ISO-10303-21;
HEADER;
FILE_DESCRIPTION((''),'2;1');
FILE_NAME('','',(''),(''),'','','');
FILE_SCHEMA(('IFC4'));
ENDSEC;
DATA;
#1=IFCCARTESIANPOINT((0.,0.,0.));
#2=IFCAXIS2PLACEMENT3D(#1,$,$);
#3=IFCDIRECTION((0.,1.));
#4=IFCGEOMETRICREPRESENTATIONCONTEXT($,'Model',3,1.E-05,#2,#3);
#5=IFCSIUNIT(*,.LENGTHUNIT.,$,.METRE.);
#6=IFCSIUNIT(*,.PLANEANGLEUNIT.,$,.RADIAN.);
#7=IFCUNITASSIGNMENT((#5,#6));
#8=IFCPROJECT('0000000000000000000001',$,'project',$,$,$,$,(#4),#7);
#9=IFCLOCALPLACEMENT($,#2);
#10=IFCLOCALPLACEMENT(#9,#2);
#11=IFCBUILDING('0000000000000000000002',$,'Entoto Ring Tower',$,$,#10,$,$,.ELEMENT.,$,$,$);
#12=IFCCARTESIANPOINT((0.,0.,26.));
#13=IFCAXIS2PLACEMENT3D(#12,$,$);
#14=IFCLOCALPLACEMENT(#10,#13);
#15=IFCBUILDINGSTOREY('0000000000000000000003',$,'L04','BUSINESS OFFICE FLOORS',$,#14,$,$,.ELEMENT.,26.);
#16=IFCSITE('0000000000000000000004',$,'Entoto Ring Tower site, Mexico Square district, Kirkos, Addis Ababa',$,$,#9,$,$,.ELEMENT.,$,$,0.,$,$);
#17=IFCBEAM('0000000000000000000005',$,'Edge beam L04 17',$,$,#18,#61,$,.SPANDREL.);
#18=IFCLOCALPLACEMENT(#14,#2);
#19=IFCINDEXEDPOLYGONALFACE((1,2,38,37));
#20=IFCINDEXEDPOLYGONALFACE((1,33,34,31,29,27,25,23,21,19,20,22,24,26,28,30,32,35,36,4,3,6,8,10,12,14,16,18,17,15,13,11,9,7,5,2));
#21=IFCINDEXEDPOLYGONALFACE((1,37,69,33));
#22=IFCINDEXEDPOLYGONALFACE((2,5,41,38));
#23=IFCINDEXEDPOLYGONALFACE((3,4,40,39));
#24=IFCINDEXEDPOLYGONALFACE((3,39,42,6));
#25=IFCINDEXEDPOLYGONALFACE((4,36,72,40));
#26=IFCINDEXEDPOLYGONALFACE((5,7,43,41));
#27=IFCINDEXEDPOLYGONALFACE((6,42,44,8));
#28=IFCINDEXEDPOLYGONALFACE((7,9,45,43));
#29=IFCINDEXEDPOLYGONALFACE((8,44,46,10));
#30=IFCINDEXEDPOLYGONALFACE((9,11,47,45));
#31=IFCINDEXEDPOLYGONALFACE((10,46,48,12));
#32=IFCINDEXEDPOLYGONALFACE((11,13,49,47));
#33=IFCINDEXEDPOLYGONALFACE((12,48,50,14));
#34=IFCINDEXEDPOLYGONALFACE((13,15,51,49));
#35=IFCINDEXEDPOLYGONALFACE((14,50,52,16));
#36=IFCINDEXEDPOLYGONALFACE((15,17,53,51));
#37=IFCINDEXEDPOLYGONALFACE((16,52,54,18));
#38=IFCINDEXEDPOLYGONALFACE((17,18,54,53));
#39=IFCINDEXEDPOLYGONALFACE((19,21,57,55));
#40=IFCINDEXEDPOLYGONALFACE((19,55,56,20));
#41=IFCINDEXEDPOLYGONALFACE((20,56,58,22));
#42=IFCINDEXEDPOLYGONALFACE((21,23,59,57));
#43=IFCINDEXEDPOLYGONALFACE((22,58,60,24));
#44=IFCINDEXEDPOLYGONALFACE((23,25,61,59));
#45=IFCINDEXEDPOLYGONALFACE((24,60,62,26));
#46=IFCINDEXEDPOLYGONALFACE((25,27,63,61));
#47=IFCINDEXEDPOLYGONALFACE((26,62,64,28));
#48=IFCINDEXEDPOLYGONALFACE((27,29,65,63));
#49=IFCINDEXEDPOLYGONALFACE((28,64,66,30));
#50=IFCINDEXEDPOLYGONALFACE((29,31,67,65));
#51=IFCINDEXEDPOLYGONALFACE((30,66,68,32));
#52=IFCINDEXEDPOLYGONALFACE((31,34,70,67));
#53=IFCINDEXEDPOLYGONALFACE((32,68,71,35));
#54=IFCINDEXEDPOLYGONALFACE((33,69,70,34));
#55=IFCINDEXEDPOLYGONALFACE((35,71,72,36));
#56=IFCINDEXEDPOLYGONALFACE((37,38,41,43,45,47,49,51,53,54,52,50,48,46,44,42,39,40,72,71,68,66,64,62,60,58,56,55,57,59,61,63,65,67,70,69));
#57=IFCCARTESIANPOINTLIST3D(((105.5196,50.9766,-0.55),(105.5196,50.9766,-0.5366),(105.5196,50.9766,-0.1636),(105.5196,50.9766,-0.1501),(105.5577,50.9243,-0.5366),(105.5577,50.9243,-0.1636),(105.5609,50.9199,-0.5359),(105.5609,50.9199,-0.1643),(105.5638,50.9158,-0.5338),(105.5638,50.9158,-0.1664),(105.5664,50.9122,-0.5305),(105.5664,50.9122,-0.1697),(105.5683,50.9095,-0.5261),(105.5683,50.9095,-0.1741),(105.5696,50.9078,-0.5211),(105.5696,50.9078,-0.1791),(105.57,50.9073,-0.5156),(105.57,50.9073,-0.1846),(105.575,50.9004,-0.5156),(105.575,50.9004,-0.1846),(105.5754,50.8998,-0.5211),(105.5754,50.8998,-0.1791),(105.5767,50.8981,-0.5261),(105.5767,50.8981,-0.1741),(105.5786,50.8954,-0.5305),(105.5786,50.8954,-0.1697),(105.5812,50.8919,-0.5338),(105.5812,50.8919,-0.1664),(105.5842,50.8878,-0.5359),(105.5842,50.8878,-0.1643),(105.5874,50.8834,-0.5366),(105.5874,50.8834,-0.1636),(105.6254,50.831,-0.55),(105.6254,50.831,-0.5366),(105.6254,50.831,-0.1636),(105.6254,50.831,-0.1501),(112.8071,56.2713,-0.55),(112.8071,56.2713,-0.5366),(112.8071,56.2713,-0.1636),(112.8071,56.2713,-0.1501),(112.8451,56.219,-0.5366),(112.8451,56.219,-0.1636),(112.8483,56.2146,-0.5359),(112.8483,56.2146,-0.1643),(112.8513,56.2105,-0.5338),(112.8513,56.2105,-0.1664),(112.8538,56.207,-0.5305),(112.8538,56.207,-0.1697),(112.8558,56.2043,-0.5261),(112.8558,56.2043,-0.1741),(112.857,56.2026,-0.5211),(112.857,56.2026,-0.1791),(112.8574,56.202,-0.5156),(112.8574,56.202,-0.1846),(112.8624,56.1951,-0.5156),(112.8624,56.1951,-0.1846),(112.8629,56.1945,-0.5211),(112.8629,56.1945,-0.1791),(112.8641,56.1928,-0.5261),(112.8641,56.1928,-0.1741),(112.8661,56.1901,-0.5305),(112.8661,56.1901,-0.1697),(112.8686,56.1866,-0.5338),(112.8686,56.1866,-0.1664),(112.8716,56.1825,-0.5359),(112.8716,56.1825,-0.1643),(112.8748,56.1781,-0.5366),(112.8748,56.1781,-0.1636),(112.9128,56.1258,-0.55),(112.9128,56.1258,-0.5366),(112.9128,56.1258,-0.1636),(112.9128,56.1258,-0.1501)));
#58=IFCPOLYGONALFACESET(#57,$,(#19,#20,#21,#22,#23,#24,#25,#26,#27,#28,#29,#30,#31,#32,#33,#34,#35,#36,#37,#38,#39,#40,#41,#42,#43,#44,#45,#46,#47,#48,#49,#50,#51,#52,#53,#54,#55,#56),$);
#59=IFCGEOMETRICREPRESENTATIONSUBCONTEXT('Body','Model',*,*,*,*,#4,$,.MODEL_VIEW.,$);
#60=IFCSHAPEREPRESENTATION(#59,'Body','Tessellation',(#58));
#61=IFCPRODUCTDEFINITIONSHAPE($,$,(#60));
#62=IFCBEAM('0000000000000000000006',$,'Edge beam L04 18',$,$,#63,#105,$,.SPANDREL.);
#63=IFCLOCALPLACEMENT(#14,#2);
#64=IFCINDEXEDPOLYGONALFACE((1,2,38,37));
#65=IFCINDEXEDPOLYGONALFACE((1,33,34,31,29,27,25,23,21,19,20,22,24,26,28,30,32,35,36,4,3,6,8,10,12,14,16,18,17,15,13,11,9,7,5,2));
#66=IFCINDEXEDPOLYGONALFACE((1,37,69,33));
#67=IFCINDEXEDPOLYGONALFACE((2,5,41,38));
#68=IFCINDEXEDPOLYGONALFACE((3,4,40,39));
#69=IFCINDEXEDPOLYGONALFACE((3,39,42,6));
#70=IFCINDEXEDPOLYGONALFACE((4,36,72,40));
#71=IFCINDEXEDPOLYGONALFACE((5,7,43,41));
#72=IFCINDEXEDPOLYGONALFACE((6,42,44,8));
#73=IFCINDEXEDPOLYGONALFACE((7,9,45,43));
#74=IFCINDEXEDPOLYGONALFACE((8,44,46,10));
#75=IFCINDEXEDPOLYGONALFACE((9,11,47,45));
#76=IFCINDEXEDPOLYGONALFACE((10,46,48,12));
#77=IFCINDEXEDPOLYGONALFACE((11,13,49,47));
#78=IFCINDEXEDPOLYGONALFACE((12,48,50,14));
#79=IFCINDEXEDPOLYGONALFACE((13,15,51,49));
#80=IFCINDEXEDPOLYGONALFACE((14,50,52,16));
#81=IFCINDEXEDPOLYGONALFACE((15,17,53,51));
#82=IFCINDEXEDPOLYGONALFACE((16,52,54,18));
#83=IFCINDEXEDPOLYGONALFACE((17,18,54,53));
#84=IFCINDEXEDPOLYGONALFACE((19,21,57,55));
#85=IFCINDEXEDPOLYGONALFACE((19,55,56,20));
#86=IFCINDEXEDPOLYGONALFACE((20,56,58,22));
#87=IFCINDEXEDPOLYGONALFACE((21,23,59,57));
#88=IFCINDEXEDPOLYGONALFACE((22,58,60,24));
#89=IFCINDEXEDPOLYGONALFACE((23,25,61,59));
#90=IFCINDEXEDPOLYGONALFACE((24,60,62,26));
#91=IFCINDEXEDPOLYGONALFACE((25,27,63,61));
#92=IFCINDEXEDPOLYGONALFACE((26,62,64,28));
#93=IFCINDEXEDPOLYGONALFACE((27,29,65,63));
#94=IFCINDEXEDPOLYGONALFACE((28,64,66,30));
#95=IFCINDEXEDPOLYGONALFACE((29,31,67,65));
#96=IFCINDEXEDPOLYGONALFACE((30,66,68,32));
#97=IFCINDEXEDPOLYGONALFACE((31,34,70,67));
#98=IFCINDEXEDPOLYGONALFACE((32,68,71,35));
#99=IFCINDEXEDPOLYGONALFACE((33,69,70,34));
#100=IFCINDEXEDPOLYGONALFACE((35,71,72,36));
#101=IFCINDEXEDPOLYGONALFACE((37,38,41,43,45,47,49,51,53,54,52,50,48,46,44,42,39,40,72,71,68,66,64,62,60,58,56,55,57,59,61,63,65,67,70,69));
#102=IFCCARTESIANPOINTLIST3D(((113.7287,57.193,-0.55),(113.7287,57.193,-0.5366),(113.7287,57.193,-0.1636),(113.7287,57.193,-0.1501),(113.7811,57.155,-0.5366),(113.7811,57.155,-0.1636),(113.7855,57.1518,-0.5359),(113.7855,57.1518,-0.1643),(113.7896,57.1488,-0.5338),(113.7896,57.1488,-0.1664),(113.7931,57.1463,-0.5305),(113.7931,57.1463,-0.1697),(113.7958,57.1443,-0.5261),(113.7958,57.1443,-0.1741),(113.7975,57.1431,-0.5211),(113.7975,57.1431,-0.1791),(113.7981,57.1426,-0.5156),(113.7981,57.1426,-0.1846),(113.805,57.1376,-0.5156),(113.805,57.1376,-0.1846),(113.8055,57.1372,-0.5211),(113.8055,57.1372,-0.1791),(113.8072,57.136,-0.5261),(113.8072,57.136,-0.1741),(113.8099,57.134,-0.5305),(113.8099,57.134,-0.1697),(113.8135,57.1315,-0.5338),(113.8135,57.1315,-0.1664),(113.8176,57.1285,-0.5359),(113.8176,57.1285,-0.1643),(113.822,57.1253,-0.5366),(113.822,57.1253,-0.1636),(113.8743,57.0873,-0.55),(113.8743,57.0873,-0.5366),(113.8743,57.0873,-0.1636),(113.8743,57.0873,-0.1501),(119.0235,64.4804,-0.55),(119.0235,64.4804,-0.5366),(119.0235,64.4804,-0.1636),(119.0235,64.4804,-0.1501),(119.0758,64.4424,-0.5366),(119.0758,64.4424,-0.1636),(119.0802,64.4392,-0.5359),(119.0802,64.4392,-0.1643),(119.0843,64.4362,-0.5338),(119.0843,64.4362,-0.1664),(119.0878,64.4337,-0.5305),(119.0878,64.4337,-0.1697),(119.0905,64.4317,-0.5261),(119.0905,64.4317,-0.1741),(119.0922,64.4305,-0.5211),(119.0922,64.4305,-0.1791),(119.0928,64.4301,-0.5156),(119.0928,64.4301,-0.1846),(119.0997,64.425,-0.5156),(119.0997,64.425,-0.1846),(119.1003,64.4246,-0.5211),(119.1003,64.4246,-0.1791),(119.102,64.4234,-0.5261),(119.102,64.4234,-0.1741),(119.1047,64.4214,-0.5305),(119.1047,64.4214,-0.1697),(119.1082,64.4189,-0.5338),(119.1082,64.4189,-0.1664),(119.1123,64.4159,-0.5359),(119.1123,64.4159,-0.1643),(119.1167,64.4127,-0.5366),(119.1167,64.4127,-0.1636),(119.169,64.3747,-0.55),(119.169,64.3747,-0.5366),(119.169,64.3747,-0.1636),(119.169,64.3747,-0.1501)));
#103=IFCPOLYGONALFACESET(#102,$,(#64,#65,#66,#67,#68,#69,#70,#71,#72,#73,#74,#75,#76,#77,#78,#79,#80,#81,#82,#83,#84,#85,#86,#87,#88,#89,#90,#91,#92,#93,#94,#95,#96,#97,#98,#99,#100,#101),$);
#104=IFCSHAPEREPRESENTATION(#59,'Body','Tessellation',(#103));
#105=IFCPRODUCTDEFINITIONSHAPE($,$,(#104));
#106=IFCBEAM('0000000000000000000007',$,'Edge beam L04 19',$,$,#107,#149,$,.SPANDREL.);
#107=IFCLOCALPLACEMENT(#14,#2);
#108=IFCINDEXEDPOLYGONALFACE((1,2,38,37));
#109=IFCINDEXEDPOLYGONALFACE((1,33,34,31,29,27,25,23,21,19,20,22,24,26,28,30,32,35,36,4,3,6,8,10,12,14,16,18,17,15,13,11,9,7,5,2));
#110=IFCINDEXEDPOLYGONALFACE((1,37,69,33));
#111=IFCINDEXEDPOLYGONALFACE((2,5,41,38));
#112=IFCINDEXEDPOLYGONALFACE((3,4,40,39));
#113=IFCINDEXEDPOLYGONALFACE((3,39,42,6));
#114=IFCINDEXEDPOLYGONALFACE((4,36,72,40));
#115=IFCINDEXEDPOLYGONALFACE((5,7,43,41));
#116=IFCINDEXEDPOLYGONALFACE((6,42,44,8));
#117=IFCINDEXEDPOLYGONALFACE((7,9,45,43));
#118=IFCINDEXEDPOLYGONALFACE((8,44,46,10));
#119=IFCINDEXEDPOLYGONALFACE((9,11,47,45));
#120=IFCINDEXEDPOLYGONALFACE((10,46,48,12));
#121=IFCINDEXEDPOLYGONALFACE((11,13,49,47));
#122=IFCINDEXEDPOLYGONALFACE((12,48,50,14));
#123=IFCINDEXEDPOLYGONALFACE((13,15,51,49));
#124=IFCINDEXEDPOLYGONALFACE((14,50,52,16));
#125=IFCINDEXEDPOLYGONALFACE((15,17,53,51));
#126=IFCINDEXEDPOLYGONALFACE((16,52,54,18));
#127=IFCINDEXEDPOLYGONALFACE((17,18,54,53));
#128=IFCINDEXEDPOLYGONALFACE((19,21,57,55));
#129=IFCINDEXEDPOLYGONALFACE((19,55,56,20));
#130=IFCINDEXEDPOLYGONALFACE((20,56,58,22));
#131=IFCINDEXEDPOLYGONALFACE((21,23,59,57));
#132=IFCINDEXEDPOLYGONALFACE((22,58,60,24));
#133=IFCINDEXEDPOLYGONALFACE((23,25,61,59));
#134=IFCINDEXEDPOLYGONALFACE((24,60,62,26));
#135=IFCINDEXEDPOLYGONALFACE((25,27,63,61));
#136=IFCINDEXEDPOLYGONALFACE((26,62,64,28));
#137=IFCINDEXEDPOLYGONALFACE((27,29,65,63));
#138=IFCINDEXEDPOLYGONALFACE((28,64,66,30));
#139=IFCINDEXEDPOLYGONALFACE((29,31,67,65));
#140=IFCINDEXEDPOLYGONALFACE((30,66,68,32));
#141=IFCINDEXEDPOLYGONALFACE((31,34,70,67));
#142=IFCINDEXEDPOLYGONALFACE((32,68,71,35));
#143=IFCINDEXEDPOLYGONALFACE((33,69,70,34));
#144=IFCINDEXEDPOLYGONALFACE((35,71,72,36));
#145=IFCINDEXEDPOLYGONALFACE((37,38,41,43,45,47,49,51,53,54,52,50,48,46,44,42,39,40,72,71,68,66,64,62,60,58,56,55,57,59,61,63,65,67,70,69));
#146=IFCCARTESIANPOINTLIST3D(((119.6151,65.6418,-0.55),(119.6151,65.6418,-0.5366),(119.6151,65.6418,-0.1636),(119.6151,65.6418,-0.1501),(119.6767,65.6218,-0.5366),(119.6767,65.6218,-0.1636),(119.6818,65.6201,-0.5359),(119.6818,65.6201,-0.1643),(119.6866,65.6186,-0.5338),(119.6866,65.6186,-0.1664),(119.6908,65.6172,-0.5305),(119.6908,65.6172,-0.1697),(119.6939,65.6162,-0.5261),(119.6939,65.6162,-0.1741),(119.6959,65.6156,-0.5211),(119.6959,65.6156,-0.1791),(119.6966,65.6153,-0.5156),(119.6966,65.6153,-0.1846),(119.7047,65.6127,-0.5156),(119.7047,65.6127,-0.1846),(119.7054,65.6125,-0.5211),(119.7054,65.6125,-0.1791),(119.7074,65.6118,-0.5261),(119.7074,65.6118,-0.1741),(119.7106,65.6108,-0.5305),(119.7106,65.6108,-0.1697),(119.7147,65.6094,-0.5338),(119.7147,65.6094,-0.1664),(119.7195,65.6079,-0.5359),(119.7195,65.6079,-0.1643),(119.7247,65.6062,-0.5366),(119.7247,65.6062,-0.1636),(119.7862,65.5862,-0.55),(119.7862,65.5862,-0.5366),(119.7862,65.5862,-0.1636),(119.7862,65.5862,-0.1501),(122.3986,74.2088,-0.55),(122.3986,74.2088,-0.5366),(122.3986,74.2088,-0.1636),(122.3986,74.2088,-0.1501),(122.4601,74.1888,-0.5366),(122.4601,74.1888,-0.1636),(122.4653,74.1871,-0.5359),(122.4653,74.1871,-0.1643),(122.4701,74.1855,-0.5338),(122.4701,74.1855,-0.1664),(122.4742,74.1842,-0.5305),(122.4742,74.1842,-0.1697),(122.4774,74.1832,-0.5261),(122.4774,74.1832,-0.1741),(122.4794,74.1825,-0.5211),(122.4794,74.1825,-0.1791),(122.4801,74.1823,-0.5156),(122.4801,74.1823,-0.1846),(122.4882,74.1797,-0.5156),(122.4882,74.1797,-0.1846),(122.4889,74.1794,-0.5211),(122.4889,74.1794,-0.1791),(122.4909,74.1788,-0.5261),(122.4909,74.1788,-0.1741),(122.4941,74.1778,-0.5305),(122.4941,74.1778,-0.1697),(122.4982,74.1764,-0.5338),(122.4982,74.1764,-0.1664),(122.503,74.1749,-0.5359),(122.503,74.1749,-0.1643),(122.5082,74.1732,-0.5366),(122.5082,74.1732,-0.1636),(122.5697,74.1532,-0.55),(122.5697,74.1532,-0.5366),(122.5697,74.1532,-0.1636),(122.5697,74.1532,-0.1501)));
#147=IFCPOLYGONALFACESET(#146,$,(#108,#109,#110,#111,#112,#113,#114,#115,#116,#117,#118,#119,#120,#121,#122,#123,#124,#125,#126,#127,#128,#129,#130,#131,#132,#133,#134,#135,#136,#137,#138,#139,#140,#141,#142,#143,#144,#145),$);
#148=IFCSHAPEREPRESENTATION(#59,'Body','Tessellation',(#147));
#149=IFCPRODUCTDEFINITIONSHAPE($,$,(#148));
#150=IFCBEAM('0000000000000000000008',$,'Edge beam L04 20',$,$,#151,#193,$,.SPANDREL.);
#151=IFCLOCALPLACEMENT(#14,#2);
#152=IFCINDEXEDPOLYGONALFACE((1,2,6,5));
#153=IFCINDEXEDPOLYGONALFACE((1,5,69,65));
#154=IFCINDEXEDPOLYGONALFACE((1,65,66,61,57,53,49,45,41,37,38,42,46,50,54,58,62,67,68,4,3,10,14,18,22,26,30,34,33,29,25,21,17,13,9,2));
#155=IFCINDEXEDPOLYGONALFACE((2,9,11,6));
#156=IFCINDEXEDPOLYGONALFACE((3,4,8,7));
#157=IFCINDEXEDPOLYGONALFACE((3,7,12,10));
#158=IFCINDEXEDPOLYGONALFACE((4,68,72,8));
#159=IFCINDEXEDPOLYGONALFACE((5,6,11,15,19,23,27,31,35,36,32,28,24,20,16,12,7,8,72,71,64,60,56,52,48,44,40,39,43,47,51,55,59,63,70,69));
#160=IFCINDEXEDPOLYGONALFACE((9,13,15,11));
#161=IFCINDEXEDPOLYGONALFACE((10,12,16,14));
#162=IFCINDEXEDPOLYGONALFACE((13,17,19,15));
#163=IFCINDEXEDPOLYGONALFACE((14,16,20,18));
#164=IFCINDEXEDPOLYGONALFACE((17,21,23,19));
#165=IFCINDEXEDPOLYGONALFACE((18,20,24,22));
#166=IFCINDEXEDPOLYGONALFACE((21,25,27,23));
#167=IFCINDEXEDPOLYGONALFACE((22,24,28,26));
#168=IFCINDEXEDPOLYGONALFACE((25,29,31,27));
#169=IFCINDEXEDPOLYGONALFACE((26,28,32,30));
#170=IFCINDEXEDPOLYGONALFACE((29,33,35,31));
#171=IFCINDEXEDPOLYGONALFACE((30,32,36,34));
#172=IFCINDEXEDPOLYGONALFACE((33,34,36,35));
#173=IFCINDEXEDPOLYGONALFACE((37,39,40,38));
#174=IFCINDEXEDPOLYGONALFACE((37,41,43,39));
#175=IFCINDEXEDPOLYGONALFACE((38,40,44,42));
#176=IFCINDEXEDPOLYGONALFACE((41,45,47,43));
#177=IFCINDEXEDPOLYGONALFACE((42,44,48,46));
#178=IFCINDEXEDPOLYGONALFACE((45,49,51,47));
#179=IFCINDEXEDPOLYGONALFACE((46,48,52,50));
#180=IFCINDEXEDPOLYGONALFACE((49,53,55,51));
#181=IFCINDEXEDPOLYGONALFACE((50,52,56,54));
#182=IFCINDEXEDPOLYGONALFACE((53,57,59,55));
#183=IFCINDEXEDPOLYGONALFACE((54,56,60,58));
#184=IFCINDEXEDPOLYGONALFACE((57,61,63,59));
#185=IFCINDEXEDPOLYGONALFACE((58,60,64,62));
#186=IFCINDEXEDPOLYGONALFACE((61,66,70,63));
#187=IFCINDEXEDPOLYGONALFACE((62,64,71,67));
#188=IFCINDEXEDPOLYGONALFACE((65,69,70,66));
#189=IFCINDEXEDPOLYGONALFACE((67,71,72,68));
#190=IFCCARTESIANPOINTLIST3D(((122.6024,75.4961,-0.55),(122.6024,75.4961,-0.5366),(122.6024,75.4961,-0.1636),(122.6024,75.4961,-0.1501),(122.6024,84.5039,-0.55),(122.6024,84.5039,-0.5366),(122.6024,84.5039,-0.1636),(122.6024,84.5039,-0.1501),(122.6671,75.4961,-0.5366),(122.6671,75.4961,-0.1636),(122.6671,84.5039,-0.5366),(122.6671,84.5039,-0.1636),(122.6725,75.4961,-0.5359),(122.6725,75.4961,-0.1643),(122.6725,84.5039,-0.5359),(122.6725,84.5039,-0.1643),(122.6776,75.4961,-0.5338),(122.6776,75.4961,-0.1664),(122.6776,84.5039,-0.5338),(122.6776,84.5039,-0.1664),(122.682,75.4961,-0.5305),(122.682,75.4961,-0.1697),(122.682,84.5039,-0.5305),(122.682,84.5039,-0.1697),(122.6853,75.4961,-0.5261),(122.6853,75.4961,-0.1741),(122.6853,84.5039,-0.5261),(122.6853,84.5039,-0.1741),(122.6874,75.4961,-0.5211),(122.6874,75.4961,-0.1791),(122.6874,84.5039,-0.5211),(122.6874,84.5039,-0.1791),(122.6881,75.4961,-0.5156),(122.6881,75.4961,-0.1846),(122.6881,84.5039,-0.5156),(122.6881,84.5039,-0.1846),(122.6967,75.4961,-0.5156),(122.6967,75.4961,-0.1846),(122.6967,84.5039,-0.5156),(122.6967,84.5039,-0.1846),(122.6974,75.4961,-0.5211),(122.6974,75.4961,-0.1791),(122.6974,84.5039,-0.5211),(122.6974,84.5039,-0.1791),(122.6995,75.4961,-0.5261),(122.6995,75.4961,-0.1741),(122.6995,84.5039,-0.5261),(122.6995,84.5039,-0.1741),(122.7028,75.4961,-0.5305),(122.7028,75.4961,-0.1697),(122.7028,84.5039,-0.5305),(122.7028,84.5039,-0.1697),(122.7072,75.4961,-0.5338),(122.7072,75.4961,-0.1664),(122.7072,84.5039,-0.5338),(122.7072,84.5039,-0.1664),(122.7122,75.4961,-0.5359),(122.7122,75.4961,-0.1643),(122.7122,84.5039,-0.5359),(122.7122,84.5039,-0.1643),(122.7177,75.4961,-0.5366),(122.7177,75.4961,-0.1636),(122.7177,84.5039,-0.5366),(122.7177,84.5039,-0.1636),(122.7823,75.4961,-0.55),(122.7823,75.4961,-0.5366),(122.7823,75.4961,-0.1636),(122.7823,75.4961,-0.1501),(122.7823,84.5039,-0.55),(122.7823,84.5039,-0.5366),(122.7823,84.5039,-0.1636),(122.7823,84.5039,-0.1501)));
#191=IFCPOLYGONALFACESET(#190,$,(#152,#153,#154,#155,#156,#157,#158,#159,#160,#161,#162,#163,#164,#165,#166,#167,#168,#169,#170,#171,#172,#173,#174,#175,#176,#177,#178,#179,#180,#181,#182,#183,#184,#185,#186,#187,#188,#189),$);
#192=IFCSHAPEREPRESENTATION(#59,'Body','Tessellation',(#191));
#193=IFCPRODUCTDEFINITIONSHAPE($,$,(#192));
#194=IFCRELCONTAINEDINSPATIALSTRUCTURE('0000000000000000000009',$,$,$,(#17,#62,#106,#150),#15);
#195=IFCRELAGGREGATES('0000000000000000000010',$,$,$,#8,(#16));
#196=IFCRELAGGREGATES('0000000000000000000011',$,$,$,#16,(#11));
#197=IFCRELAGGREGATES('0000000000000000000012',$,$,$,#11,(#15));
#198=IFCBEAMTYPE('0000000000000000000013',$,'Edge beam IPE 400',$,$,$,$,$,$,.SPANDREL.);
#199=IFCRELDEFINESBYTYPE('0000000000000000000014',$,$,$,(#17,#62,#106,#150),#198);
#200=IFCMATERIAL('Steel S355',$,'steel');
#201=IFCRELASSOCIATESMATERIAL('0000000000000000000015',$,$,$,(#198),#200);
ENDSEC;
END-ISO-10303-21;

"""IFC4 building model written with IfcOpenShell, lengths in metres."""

from ifc_helpers import new_model, si_unit, direction, frame, origin, origin_2d, place, context, subcontext, project, spatial, i_section, extrude, material, material_profile, profile_set, type_object, element, save


model = new_model("IFC4")

# Units and contexts
model_context = context("Model", 3, precision=1e-05, world=origin(), true_north=direction((0.0, 1.0)))
body_context = subcontext(model_context, "Body", "Model", "MODEL_VIEW")
ifc_project = project(units=[si_unit("LENGTHUNIT", "METRE"), si_unit("PLANEANGLEUNIT", "RADIAN")], contexts=[model_context])

# Site, building, storey
site_placement = place(None, origin())
site = spatial("IfcSite", under=ifc_project, at=site_placement, Name="Entoto Ring Tower site, Mexico Square district, Kirkos, Addis Ababa", CompositionType="ELEMENT", RefElevation=0.0)
building_placement = place(site_placement, origin())
building = spatial("IfcBuilding", under=site, at=building_placement, Name="Entoto Ring Tower", CompositionType="ELEMENT")
storey_placement = place(building_placement, frame((0.0, 0.0, 26.0)))
storey = spatial("IfcBuildingStorey", under=building, at=storey_placement, Name="L04", Description="BUSINESS OFFICE FLOORS", CompositionType="ELEMENT", Elevation=26.0)

# Beams
ifc_material_1 = material(Name="Steel S355", Category="steel")
ifc_material_profile_1 = material_profile(ifc_material_1, i_section(OverallWidth=0.1799, OverallDepth=0.3999, WebThickness=0.0085, FlangeThickness=0.0134, FilletRadius=0.021, at=origin_2d()), Name="IPE 400")
ifc_profile_set_1 = profile_set([ifc_material_profile_1], Name="Steel S355")
beam_type_1 = type_object("IfcBeamType", Name="Edge beam IPE 400", PredefinedType="SPANDREL", material=ifc_profile_set_1)
for number, where, z_axis, x_axis, name in (
    (1, (105.5725, 50.9038, -0.3501), (0.809011, 0.587793, 0.0), (-0.587793, 0.809011, 0.0), "Edge beam L04 17"),
    (2, (113.8015, 57.1401, -0.3501), (0.587793, 0.809011, 0.0), (-0.809011, 0.587793, 0.0), "Edge beam L04 18"),
    (3, (119.7007, 65.614, -0.3501), (0.309006, 0.95106, 0.0), (-0.95106, 0.309006, 0.0), "Edge beam L04 19"),
    (4, (122.6924, 75.4961, -0.3501), (0.0, 1.0, 0.0), (-1.0, 0.0, 0.0), "Edge beam L04 20"),
):
    element("IfcBeam", number, at=place(storey_placement, frame(where, z_axis=z_axis, x_axis=x_axis)), inside=storey, type_object=beam_type_1, Name=name, PredefinedType="SPANDREL", context=body_context, shape_type="SweptSolid", body=[
        extrude(i_section(OverallWidth=0.1799, OverallDepth=0.3999, WebThickness=0.0085, FlangeThickness=0.0134, FilletRadius=0.021, at=origin_2d()), origin(), (0.0, 0.0, 1.0), 9.0078),
    ])

save(model, "model.ifc")
